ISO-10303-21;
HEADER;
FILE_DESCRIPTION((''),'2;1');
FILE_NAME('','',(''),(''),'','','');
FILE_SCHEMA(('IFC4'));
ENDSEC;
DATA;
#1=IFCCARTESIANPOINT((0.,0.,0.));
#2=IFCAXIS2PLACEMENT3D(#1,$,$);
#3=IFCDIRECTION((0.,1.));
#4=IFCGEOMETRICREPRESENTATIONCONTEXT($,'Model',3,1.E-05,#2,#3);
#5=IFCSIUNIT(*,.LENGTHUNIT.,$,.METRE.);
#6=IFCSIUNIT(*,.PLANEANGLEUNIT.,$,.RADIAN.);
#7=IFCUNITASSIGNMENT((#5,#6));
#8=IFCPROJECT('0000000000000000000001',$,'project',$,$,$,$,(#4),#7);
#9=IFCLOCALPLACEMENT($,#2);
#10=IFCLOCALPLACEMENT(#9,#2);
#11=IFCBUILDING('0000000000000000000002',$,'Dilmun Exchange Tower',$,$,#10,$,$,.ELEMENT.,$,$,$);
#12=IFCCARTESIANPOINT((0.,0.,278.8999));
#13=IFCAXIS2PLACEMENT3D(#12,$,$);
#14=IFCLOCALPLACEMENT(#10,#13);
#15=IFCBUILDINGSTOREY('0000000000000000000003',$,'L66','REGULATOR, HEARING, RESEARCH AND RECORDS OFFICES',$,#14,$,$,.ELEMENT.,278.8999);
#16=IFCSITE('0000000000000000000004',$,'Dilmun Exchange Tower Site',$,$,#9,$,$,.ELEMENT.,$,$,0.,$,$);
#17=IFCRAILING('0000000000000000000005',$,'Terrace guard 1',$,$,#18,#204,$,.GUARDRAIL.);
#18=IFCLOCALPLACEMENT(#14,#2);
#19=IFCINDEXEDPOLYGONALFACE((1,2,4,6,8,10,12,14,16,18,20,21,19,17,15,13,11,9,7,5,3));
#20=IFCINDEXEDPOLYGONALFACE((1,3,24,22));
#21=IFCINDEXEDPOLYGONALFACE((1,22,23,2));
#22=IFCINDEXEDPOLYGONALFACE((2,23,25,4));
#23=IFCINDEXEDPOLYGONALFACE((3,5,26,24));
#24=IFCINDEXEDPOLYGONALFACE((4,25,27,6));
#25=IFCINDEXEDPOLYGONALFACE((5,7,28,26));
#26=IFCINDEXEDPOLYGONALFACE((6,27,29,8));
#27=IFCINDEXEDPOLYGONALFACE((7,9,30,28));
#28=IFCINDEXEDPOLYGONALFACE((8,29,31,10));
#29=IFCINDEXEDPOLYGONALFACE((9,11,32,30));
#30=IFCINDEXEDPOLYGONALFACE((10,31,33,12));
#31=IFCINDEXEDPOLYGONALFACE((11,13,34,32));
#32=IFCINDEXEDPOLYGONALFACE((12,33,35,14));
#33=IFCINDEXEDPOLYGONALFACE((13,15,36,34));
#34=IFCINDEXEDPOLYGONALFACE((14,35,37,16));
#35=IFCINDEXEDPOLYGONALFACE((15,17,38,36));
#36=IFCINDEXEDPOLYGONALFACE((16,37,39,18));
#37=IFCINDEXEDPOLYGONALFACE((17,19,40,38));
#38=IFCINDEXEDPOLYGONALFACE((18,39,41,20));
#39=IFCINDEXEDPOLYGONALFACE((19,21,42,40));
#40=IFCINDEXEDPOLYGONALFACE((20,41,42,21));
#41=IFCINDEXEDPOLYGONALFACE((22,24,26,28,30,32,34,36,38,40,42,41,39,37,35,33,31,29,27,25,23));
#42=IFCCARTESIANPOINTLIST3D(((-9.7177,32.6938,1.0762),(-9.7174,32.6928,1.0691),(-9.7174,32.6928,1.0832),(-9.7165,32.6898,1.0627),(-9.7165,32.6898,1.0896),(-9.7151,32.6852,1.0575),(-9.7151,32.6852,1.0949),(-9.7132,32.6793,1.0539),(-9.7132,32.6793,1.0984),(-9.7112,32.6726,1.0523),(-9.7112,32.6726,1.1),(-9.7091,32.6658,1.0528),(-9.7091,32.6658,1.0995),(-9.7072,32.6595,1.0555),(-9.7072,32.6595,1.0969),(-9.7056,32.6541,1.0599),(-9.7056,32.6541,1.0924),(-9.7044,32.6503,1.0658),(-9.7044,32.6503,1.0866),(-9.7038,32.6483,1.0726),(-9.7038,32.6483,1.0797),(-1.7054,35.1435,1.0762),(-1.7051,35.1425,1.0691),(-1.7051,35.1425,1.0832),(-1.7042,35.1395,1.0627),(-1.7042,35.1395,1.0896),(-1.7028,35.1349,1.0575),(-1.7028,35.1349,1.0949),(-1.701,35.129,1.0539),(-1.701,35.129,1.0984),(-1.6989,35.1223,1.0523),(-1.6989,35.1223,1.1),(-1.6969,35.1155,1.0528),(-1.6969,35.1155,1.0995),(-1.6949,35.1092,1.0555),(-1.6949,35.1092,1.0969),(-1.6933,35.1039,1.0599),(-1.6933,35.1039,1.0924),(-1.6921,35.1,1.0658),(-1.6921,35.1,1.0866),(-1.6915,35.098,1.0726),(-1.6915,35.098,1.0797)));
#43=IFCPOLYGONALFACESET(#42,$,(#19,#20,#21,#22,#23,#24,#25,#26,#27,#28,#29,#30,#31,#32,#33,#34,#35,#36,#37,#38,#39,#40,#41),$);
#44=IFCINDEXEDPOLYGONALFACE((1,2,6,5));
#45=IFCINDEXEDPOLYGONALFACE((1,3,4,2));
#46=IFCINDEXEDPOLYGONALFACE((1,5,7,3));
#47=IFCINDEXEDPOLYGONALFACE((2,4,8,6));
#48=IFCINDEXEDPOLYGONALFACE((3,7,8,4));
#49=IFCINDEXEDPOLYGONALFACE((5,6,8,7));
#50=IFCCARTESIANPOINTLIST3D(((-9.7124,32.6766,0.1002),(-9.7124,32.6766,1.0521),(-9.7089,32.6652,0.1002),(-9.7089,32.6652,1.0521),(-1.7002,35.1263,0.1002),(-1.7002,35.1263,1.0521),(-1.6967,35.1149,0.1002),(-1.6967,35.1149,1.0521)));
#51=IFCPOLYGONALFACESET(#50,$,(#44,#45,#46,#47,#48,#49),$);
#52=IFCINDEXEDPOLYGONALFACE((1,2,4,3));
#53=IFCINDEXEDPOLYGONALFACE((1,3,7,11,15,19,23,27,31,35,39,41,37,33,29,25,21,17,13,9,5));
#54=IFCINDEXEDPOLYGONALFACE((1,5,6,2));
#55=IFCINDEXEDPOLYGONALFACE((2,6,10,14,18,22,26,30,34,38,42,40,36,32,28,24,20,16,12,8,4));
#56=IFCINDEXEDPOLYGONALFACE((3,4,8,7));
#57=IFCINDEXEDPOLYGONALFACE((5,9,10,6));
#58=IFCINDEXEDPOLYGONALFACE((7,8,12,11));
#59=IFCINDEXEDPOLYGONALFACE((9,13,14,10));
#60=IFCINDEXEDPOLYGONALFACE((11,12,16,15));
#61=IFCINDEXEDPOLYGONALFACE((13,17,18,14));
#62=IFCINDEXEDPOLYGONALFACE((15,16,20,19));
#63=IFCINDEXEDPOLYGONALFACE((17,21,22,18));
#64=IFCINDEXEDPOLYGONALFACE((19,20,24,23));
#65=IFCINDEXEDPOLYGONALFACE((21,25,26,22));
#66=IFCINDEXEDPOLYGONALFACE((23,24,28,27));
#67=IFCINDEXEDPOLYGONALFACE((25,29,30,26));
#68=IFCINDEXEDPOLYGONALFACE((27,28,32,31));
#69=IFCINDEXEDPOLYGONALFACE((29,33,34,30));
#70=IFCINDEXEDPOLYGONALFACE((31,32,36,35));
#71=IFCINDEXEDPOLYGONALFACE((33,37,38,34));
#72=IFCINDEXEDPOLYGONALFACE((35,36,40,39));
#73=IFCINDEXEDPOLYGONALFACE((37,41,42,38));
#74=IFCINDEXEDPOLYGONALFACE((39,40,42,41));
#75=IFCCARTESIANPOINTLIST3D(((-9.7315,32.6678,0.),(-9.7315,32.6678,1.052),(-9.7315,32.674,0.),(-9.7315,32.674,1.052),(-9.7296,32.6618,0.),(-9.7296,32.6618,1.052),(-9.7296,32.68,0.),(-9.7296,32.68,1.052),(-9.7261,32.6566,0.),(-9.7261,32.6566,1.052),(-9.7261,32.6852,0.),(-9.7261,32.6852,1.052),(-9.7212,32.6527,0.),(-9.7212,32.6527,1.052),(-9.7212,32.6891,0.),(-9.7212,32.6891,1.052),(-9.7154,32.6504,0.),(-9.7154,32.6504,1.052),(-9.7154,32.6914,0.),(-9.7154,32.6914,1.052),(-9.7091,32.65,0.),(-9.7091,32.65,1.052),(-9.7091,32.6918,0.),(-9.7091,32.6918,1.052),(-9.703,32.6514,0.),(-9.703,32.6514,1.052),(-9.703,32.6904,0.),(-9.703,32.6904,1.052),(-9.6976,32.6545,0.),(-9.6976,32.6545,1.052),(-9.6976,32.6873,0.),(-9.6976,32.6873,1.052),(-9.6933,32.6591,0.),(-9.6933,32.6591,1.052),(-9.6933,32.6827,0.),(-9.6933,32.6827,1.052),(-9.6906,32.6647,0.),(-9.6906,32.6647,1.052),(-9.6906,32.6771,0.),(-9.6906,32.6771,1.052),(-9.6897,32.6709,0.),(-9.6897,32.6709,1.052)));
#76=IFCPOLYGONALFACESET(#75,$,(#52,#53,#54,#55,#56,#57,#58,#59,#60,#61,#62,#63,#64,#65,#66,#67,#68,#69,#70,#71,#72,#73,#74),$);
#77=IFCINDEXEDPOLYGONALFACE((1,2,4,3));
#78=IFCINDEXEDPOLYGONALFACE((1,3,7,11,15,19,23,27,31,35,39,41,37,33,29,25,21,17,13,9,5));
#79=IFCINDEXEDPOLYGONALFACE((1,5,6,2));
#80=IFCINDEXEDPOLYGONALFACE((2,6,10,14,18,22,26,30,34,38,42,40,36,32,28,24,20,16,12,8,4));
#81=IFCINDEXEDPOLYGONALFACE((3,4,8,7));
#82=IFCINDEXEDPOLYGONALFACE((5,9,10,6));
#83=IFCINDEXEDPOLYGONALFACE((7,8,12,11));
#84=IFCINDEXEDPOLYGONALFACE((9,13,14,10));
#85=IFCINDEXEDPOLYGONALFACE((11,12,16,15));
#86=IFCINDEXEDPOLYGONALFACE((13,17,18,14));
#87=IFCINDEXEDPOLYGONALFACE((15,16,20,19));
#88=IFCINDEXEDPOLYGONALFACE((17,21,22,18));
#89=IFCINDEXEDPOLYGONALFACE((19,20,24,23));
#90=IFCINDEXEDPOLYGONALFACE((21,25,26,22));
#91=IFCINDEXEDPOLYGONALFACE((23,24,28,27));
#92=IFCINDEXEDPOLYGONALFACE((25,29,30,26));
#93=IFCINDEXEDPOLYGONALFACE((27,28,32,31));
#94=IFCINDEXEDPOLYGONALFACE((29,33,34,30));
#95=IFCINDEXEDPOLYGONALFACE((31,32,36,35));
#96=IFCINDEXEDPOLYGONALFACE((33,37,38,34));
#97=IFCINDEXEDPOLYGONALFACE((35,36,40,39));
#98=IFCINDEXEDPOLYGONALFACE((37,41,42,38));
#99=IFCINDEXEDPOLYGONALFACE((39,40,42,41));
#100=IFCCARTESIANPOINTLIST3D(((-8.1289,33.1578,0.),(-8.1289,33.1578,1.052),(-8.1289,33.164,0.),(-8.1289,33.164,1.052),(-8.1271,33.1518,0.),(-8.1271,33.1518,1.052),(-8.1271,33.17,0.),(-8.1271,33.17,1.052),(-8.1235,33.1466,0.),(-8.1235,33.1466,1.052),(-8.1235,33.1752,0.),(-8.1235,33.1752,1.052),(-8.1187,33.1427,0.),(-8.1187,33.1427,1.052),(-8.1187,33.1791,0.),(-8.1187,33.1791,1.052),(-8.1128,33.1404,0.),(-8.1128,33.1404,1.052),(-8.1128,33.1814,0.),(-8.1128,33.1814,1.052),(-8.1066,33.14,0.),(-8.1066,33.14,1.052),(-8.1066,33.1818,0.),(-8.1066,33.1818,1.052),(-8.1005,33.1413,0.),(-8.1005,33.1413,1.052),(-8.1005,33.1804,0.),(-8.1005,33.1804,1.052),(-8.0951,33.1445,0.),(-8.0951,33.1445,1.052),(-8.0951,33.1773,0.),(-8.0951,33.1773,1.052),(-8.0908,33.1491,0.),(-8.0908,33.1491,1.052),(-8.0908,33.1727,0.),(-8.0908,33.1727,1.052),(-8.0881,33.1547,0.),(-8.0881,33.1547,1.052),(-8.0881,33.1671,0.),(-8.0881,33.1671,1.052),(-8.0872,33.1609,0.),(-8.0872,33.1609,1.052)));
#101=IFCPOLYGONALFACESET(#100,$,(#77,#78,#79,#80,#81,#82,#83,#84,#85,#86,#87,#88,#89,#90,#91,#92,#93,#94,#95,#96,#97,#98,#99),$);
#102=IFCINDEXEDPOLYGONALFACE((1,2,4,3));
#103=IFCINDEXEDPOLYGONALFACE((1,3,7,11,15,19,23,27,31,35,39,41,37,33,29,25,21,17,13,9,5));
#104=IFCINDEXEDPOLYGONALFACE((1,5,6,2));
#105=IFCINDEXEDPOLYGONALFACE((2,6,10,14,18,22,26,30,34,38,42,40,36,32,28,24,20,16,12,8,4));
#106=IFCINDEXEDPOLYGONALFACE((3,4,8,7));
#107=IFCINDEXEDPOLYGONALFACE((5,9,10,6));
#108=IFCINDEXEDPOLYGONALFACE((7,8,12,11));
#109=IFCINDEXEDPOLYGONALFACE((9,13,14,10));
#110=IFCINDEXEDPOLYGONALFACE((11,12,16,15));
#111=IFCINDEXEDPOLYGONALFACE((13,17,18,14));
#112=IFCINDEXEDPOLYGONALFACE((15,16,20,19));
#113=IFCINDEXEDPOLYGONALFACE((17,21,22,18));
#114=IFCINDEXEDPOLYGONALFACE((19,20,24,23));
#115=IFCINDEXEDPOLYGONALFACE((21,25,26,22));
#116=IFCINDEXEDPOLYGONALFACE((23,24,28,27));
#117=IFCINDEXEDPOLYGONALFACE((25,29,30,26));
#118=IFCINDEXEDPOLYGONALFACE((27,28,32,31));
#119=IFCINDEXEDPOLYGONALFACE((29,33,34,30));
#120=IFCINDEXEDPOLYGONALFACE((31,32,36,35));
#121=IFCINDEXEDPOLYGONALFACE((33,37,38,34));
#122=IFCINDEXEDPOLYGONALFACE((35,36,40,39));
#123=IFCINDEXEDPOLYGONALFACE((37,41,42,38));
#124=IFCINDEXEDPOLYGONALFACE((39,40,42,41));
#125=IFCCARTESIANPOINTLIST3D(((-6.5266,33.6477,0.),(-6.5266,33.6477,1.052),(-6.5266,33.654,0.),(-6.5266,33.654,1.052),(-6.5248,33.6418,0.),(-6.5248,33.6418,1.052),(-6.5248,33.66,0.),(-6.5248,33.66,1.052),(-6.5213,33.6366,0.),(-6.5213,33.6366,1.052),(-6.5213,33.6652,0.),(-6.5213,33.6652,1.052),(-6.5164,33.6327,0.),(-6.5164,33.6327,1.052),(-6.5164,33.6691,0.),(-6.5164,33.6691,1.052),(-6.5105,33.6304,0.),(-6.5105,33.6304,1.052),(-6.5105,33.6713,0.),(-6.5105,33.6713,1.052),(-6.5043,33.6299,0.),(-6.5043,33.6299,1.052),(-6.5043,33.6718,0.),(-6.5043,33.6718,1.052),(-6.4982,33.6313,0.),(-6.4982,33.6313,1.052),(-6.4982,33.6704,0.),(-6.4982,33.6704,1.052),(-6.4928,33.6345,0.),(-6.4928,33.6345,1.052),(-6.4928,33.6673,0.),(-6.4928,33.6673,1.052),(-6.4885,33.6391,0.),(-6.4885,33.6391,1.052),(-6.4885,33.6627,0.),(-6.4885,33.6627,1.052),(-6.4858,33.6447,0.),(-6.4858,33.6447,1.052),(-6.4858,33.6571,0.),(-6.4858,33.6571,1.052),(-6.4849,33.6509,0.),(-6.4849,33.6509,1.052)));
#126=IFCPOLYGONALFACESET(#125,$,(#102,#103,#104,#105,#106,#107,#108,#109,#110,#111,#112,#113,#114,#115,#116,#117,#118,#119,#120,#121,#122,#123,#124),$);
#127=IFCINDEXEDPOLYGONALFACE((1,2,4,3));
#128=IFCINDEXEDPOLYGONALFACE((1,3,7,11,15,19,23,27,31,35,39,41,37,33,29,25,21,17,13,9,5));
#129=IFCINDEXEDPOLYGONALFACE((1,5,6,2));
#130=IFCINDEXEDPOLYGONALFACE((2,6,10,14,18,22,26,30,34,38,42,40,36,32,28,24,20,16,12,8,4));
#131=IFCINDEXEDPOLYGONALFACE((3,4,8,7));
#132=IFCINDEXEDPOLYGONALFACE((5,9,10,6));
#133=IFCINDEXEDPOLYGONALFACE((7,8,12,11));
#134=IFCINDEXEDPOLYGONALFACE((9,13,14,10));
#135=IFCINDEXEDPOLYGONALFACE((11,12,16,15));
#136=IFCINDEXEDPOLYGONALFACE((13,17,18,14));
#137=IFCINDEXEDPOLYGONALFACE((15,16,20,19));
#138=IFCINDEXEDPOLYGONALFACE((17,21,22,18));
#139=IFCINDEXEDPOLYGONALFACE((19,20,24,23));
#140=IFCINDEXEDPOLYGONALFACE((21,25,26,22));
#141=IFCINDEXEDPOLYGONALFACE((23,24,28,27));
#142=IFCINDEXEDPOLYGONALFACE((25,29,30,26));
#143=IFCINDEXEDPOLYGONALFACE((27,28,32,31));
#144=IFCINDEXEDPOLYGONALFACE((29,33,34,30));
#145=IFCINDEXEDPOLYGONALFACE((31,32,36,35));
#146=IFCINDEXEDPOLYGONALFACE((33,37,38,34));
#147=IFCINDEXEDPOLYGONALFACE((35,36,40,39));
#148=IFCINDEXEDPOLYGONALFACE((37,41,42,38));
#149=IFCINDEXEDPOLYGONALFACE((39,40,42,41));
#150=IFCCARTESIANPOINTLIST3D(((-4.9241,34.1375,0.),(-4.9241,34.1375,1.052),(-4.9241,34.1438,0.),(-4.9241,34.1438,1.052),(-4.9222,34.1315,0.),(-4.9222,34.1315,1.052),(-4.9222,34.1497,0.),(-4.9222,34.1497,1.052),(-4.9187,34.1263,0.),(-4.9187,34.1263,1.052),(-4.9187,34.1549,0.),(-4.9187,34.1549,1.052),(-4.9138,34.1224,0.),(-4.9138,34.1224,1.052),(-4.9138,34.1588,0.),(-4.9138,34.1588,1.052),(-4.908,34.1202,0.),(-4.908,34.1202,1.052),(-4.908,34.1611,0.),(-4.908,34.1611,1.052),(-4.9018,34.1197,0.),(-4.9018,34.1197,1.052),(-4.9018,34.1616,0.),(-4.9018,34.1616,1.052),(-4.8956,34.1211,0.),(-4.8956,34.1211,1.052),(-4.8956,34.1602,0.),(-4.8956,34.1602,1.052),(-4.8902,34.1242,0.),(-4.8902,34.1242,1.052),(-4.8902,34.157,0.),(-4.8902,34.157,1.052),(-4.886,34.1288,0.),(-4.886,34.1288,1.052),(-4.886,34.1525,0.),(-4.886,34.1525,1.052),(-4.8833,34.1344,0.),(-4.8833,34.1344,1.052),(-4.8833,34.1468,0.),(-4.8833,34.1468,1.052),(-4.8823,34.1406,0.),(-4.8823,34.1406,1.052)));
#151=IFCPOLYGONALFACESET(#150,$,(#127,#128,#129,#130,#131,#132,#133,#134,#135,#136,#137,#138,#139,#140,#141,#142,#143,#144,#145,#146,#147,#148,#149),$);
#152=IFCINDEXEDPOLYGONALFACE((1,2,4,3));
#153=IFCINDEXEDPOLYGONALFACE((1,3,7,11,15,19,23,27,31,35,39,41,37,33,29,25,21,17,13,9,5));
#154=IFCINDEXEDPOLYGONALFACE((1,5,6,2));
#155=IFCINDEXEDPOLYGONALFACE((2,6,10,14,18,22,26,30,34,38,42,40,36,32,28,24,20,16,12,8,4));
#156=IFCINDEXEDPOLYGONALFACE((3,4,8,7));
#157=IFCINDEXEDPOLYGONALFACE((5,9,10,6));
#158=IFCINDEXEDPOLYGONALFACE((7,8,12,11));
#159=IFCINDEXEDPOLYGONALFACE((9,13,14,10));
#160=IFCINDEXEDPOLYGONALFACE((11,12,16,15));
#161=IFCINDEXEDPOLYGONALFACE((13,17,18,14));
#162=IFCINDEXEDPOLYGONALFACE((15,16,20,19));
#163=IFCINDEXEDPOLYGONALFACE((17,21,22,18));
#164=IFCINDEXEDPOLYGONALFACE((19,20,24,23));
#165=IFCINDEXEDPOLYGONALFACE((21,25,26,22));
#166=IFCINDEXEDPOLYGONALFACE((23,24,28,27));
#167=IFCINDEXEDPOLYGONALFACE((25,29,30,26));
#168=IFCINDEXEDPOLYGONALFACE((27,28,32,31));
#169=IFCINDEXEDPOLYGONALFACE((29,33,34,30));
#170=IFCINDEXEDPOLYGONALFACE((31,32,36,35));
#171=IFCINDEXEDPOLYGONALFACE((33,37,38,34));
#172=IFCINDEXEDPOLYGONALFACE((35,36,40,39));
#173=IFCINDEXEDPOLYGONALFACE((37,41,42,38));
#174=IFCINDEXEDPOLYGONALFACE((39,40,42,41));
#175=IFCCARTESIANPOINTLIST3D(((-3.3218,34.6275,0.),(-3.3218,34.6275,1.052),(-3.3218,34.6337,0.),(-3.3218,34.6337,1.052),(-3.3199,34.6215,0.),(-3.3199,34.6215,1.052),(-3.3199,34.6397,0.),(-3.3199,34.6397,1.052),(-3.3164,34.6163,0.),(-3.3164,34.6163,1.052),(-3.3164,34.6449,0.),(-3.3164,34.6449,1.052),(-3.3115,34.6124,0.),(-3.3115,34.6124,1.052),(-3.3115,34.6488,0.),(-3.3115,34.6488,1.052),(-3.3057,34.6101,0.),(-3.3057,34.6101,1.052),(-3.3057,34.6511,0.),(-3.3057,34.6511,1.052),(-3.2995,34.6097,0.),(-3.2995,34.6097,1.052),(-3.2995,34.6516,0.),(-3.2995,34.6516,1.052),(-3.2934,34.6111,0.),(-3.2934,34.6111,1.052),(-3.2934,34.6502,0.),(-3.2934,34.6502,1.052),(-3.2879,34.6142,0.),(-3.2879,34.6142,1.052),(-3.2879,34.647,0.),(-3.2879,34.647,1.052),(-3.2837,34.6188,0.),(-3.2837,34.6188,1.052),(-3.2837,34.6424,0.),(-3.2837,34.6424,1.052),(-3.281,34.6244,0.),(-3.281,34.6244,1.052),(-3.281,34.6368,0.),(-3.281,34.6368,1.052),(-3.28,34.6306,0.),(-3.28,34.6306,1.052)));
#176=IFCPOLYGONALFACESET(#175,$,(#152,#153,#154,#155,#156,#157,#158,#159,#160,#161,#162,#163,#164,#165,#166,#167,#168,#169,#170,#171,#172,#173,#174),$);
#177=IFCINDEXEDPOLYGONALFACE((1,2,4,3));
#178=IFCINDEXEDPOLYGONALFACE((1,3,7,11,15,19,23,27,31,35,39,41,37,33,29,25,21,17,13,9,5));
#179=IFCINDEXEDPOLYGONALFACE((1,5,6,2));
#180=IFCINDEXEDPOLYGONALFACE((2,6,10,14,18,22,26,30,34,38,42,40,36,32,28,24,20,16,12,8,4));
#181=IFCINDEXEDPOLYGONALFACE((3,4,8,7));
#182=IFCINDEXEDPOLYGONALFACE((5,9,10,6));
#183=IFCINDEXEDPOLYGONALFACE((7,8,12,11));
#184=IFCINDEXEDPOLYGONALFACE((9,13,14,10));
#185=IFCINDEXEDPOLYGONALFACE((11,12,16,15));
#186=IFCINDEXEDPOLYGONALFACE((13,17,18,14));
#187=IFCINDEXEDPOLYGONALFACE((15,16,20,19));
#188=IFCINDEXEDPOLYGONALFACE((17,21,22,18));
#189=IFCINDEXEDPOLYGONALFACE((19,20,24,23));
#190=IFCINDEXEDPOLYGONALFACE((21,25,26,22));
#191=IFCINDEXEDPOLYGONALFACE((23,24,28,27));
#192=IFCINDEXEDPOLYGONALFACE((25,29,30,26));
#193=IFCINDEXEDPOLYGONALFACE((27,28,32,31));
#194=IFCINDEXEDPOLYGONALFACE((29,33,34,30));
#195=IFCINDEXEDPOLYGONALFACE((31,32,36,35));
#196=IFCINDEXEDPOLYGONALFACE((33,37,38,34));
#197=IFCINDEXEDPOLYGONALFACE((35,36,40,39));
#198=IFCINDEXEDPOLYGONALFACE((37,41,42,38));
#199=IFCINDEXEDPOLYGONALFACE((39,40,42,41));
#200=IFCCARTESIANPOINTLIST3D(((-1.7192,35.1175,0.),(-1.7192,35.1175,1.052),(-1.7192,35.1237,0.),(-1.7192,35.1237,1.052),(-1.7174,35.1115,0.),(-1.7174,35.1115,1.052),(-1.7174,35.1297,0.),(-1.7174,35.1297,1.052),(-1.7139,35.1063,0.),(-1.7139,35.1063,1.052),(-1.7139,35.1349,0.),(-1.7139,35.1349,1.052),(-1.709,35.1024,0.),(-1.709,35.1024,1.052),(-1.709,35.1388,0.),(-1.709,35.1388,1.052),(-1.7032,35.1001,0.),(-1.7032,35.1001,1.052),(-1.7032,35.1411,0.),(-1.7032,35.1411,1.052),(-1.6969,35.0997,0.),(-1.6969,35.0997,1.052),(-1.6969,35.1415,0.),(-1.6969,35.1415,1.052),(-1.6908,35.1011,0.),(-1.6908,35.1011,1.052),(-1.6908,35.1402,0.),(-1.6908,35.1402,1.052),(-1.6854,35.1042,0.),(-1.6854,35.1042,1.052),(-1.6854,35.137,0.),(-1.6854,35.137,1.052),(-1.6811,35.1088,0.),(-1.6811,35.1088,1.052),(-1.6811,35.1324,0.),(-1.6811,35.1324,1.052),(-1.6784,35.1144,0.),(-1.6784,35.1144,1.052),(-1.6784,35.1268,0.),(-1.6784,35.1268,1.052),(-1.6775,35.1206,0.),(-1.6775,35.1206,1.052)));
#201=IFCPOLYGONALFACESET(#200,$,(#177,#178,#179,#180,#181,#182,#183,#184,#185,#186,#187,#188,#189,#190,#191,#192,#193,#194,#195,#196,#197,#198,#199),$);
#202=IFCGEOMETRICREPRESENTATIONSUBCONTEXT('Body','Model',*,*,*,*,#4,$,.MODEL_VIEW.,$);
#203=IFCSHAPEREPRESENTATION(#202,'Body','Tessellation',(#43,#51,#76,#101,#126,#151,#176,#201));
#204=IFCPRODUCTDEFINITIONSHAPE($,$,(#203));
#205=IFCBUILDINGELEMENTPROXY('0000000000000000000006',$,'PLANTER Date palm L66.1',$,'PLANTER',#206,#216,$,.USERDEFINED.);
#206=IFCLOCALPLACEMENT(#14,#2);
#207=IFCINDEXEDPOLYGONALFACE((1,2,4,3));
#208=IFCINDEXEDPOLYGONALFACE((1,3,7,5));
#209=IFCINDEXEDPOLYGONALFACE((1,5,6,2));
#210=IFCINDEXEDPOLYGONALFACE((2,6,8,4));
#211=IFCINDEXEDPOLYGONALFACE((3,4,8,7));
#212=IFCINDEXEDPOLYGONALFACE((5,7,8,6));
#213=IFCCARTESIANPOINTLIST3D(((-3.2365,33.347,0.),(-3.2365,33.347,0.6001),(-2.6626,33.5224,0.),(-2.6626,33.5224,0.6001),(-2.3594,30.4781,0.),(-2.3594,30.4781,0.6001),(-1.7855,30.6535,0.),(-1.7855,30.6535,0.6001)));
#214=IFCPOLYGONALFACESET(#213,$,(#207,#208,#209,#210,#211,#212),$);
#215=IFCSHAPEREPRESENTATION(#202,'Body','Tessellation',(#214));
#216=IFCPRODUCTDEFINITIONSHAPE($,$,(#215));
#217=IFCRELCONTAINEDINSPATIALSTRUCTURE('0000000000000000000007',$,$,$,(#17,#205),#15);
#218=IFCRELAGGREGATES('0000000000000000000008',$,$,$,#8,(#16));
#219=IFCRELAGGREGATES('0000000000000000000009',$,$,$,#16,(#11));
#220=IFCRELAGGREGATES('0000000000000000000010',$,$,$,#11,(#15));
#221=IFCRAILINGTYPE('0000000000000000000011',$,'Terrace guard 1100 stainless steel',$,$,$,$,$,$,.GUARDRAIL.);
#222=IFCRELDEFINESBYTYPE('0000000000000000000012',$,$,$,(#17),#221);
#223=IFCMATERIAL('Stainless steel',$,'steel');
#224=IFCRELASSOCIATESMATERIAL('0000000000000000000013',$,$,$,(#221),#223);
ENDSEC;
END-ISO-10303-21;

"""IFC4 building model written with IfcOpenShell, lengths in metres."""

from ifc_helpers import new_model, si_unit, direction, frame, origin, origin_2d, place, context, subcontext, project, spatial, rectangle, circle, extrude, material, type_object, element, save


model = new_model("IFC4")

# Units and contexts
model_context = context("Model", 3, precision=1e-05, world=origin(), true_north=direction((0.0, 1.0)))
body_context = subcontext(model_context, "Body", "Model", "MODEL_VIEW")
ifc_project = project(units=[si_unit("LENGTHUNIT", "METRE"), si_unit("PLANEANGLEUNIT", "RADIAN")], contexts=[model_context])

# Site, building, storey
site_placement = place(None, origin())
site = spatial("IfcSite", under=ifc_project, at=site_placement, Name="Dilmun Exchange Tower Site", CompositionType="ELEMENT", RefElevation=0.0)
building_placement = place(site_placement, origin())
building = spatial("IfcBuilding", under=site, at=building_placement, Name="Dilmun Exchange Tower", CompositionType="ELEMENT")
storey_placement = place(building_placement, frame((0.0, 0.0, 278.8999)))
storey = spatial("IfcBuildingStorey", under=building, at=storey_placement, Name="L66", Description="REGULATOR, HEARING, RESEARCH AND RECORDS OFFICES", CompositionType="ELEMENT", Elevation=278.8999)

# Railing
ifc_material_1 = material(Name="Stainless steel", Category="steel")
railing_type = type_object("IfcRailingType", Name="Terrace guard 1100 stainless steel", PredefinedType="GUARDRAIL", material=ifc_material_1)
railing_placement = place(storey_placement, frame((-9.7107, 32.6709, 0.0)))
element("IfcRailing", 1, at=railing_placement, inside=storey, type_object=railing_type, Name="Terrace guard 1", PredefinedType="GUARDRAIL", context=body_context, shape_type="SweptSolid", body=[
    extrude(circle(Radius=0.0239, at=origin_2d()), frame((0.0, 0.0, 1.0762), z_axis=(0.9563, 0.292386, 0.0), x_axis=(-0.292386, 0.9563, 0.0)), (0.0, 0.0, 1.0), 8.3784),
    extrude(rectangle(XDim=0.012, YDim=0.9519, at=origin_2d()), frame((0.0, 0.0, 0.5762), z_axis=(0.9563, 0.292386, 0.0), x_axis=(-0.292386, 0.9563, 0.0)), (0.0, 0.0, 1.0), 8.3784),
    extrude(circle(Radius=0.021, at=origin_2d()), origin(), (0.0, 0.0, 1.0), 1.052),
    extrude(circle(Radius=0.021, at=origin_2d()), frame((1.6025, 0.49, 0.0)), (0.0, 0.0, 1.0), 1.052),
    extrude(circle(Radius=0.021, at=origin_2d()), frame((3.2048, 0.98, 0.0)), (0.0, 0.0, 1.0), 1.052),
    extrude(circle(Radius=0.021, at=origin_2d()), frame((4.8074, 1.4697, 0.0)), (0.0, 0.0, 1.0), 1.052),
    extrude(circle(Radius=0.021, at=origin_2d()), frame((6.4097, 1.9597, 0.0)), (0.0, 0.0, 1.0), 1.052),
    extrude(circle(Radius=0.021, at=origin_2d()), frame((8.0122, 2.4497, 0.0)), (0.0, 0.0, 1.0), 1.052),
])

# Building element proxy
for number, where, z_axis, x_axis, name in (
    (2, (-2.511, 32.0002, 0.0), (0.0, 0.0, 1.0), (-0.292372, 0.956305, 0.0), "PLANTER Date palm L66.1"),
):
    element("IfcBuildingElementProxy", number, at=place(storey_placement, frame(where, z_axis=z_axis, x_axis=x_axis)), inside=storey, Name=name, ObjectType="PLANTER", PredefinedType="USERDEFINED", context=body_context, shape_type="SweptSolid", body=[
        extrude(rectangle(XDim=3.0, YDim=0.6001, at=origin_2d()), origin(), (0.0, 0.0, 1.0), 0.6001),
    ])

save(model, "model.ifc")
